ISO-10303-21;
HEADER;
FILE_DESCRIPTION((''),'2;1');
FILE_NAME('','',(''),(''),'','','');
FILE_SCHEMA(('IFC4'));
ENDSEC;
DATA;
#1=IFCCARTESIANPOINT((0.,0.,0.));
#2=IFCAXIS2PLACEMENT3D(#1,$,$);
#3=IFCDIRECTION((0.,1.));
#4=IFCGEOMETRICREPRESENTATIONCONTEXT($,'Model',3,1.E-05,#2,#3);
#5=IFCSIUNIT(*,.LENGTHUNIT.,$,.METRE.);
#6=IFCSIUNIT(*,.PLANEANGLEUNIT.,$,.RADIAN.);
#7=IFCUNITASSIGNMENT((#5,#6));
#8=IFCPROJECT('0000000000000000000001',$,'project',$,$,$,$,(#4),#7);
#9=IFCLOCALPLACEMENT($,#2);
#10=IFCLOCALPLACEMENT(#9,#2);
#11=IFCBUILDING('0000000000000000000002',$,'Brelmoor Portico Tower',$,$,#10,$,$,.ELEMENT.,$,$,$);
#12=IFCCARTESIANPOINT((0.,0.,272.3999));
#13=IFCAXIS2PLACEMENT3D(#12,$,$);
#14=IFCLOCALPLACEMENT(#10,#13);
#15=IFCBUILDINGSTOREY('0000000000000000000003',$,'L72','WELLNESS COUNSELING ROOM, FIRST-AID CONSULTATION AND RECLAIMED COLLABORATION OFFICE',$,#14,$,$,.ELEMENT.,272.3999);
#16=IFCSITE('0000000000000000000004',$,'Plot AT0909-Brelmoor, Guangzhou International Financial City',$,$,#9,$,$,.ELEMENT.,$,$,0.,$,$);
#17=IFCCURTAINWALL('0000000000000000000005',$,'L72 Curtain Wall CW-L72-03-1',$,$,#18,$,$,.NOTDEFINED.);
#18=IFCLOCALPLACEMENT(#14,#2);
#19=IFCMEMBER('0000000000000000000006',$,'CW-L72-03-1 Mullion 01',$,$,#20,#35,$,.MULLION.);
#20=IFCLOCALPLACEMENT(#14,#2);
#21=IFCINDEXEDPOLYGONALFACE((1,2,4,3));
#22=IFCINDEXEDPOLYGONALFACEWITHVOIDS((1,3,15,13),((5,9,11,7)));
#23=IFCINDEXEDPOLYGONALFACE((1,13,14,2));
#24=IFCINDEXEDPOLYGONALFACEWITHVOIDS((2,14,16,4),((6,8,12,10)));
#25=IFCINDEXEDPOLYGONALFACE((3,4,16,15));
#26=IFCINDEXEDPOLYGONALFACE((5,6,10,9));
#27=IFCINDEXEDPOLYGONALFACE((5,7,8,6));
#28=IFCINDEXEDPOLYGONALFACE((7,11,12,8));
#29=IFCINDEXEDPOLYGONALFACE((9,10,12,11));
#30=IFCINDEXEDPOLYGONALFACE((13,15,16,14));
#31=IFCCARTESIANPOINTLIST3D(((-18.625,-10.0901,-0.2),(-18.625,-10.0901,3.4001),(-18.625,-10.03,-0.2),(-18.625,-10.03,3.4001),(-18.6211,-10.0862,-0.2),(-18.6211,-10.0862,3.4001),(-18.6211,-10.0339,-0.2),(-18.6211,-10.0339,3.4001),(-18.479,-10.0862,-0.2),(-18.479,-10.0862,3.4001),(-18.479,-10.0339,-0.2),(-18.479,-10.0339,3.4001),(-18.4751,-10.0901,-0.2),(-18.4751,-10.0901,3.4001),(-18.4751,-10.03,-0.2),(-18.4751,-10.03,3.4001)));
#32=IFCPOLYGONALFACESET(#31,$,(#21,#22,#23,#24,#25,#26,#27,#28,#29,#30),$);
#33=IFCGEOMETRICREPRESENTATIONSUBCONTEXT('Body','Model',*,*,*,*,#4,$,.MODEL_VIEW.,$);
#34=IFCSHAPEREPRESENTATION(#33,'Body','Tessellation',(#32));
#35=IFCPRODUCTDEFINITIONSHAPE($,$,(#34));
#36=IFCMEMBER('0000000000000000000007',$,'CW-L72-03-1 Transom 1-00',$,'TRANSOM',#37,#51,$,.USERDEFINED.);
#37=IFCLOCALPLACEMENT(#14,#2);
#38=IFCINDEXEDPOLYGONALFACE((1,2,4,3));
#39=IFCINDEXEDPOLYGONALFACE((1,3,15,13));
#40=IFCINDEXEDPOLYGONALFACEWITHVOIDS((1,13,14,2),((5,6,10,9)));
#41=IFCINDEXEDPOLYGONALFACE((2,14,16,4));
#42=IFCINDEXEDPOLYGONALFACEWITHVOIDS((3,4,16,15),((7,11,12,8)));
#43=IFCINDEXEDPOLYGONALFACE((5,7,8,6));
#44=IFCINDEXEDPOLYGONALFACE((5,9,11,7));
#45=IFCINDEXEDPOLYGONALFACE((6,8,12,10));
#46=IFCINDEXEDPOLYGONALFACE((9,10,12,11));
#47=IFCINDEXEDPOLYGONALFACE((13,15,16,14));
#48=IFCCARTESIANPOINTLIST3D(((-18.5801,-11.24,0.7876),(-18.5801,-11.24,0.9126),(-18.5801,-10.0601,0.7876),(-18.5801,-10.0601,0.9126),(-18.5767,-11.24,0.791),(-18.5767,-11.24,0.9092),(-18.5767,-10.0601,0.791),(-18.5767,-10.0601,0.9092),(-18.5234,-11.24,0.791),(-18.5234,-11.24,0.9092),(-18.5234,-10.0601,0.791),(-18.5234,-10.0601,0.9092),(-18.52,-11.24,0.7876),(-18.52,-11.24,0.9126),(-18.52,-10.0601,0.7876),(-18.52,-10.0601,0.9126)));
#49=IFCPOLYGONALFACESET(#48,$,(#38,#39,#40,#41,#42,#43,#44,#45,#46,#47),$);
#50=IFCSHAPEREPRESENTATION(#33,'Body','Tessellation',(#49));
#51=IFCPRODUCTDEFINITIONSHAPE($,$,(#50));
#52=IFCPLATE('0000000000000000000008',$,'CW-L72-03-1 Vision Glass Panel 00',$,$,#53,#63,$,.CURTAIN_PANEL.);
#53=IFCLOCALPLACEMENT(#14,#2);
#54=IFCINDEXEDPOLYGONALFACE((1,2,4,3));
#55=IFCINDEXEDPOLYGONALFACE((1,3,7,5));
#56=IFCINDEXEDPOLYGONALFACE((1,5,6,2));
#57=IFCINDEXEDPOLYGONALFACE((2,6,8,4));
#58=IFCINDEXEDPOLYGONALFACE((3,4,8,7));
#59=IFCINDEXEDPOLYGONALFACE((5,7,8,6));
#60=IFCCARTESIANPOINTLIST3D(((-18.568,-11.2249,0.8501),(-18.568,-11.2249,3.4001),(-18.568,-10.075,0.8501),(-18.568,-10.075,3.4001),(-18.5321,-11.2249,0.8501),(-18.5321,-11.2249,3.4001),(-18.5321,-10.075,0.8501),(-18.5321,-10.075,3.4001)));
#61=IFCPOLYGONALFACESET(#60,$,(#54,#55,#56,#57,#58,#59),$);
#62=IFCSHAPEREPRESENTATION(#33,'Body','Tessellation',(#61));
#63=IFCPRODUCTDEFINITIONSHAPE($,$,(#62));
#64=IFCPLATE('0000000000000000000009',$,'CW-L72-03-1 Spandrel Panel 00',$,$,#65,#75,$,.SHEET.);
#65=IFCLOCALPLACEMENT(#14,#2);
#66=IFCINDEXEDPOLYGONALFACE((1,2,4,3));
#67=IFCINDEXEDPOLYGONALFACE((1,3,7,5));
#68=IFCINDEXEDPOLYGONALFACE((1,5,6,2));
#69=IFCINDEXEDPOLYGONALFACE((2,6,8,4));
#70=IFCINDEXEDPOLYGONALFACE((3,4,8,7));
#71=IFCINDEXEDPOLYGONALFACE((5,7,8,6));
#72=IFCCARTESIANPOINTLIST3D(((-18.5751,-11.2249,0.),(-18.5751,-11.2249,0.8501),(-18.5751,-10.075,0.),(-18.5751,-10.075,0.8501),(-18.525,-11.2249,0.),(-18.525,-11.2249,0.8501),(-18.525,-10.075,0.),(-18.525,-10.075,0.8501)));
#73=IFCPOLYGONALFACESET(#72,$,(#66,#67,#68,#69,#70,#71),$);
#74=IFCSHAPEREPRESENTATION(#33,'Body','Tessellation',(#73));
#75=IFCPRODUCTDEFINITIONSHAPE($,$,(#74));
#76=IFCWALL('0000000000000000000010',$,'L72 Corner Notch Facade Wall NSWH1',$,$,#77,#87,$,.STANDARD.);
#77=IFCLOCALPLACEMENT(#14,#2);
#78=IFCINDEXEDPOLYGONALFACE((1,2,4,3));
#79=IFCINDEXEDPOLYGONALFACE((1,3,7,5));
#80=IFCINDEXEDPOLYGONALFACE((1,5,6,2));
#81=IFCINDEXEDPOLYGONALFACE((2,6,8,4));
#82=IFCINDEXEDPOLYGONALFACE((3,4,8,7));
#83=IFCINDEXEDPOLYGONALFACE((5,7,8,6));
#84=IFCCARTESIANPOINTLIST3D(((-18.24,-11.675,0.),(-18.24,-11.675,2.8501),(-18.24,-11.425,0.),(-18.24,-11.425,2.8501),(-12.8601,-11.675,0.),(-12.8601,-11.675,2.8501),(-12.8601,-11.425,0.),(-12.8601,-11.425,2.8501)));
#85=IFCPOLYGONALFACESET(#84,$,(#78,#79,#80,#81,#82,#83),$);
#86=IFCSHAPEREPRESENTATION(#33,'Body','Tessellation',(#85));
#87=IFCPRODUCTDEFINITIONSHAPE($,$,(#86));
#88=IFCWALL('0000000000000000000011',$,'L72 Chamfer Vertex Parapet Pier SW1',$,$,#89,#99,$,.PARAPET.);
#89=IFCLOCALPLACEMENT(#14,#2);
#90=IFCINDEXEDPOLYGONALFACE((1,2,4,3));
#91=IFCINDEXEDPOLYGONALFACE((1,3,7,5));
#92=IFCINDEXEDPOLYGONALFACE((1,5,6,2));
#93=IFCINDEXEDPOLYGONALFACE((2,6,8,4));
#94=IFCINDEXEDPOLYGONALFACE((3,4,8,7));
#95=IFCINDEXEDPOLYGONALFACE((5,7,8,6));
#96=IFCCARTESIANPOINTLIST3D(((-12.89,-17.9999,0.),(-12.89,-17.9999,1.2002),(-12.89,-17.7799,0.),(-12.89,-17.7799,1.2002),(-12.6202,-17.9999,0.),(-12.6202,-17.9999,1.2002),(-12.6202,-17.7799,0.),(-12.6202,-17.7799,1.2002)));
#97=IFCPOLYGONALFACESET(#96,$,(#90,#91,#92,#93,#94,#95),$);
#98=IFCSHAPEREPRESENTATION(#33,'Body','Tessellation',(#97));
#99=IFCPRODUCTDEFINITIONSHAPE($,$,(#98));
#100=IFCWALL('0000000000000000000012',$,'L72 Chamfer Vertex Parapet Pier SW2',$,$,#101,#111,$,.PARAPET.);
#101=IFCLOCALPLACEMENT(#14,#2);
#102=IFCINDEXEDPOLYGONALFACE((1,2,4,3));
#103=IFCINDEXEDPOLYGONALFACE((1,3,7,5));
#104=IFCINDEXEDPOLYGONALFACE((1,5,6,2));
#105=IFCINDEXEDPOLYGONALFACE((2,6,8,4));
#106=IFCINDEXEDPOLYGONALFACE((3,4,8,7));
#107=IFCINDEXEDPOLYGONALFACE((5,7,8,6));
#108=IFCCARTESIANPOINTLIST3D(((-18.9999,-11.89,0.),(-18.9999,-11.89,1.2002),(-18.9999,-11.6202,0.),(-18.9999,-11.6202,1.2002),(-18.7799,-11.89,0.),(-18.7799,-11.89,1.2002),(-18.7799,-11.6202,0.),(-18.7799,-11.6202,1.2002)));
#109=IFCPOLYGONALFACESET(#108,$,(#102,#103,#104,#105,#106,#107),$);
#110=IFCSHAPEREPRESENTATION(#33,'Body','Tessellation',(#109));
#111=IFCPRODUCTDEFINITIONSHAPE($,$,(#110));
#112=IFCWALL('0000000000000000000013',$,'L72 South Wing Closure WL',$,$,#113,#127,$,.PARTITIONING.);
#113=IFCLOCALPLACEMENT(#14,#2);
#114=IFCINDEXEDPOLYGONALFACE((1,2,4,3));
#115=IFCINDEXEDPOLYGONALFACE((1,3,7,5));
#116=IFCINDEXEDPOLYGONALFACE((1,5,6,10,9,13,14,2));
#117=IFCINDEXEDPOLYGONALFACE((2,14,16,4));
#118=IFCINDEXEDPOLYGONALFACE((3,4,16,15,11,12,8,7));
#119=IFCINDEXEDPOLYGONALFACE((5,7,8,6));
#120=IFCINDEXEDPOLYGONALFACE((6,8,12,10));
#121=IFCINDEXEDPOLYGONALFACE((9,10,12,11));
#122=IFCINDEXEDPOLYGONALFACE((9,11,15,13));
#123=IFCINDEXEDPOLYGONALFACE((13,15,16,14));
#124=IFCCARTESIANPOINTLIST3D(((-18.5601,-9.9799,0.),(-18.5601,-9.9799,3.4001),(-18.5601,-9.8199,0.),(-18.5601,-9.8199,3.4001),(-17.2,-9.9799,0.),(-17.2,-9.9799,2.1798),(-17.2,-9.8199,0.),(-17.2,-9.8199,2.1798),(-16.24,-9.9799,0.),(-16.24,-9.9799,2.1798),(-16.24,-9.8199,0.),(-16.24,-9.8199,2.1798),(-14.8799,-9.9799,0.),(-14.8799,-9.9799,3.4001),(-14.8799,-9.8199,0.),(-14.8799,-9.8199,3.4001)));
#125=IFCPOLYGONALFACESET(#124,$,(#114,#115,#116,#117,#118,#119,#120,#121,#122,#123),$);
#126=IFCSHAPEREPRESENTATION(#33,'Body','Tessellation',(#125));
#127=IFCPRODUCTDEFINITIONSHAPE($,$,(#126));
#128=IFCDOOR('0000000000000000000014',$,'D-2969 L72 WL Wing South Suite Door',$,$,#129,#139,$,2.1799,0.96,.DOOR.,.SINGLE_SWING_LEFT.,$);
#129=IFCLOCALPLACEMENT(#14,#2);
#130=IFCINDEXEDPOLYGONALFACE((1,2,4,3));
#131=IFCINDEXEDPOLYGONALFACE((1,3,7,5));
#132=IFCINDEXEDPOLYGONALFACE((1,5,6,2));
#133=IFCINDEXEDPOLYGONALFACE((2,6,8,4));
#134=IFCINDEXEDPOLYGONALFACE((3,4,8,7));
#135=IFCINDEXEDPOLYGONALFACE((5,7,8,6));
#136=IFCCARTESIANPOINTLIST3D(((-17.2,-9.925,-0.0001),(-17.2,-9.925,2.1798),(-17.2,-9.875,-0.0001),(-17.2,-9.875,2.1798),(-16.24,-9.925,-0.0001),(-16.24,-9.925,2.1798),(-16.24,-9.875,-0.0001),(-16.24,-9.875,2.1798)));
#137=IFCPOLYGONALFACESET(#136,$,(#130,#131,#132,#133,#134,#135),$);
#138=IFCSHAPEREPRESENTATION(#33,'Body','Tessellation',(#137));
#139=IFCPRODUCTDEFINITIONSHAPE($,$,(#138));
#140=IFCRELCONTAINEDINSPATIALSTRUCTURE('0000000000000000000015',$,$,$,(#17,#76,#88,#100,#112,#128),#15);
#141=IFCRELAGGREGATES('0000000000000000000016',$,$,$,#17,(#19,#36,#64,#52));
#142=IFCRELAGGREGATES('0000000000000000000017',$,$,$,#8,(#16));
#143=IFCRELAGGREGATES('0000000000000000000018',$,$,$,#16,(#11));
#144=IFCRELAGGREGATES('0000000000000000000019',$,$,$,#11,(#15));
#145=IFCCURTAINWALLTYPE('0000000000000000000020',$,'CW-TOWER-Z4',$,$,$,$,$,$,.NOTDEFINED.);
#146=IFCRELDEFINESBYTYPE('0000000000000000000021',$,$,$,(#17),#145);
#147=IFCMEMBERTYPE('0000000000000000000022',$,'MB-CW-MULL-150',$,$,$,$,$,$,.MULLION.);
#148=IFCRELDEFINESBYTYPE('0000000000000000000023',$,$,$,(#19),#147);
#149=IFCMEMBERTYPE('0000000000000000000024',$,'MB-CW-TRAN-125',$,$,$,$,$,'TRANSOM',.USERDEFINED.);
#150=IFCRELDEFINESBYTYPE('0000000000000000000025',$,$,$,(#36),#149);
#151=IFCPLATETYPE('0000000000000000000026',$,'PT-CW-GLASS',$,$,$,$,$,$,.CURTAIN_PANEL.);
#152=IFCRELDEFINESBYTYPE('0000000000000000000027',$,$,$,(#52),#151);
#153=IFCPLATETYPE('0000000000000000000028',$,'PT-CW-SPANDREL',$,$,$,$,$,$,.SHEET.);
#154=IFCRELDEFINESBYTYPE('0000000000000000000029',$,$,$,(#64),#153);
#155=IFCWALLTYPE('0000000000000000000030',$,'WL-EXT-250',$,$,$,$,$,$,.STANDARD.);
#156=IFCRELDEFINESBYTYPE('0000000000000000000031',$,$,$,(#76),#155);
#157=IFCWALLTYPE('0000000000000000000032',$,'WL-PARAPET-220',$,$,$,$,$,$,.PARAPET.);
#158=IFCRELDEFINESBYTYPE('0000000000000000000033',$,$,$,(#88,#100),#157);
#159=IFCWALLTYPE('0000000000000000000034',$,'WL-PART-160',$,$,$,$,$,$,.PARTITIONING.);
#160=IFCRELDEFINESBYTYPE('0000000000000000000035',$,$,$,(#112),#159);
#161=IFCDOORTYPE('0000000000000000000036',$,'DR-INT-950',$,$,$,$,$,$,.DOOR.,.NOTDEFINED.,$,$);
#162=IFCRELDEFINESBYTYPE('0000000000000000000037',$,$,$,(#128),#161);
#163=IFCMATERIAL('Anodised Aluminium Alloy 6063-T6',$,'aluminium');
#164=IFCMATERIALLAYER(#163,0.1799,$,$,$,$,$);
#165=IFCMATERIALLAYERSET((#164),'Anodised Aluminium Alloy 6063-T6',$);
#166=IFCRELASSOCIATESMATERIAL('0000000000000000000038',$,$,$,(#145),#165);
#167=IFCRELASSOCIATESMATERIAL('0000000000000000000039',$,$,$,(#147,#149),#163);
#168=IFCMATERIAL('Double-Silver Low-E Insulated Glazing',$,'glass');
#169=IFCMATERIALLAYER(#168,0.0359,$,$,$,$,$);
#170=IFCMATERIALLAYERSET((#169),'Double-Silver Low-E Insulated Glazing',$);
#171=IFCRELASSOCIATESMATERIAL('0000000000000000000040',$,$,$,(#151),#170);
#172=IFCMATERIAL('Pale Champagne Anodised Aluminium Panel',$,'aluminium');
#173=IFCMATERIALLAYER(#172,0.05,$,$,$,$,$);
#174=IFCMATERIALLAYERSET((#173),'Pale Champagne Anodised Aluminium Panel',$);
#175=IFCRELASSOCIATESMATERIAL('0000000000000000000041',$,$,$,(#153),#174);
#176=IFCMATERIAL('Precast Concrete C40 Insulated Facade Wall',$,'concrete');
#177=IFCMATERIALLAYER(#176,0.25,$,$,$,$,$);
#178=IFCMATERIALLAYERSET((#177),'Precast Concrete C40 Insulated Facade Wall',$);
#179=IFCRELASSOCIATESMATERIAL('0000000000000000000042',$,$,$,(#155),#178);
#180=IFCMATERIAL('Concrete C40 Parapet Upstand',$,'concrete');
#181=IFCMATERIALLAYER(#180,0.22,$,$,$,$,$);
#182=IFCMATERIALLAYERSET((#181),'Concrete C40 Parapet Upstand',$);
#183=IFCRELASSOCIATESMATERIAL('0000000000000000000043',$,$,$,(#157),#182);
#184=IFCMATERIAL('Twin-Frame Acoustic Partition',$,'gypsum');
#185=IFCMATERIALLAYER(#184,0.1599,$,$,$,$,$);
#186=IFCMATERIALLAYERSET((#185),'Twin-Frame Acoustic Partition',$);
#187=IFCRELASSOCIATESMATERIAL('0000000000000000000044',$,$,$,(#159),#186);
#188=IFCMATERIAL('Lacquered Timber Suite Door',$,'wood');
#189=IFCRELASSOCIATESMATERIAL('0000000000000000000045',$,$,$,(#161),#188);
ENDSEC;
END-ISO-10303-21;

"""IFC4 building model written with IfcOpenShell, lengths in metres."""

from ifc_helpers import new_model, si_unit, direction, frame, frame_2d, origin, origin_2d, place, context, subcontext, project, spatial, rectangle, hollow_rectangle, extrude, material, layer, layer_set, material_profile, profile_set, type_object, element, fill, aggregate, save


model = new_model("IFC4")

# Units and contexts
model_context = context("Model", 3, precision=1e-05, world=origin(), true_north=direction((0.0, 1.0)))
body_context = subcontext(model_context, "Body", "Model", "MODEL_VIEW")
ifc_project = project(units=[si_unit("LENGTHUNIT", "METRE"), si_unit("PLANEANGLEUNIT", "RADIAN")], contexts=[model_context])

# Site, building, storey
site_placement = place(None, origin())
site = spatial("IfcSite", under=ifc_project, at=site_placement, Name="Plot AT0909-Brelmoor, Guangzhou International Financial City", CompositionType="ELEMENT", RefElevation=0.0)
building_placement = place(site_placement, origin())
building = spatial("IfcBuilding", under=site, at=building_placement, Name="Brelmoor Portico Tower", CompositionType="ELEMENT")
storey_placement = place(building_placement, frame((0.0, 0.0, 272.3999)))
storey = spatial("IfcBuildingStorey", under=building, at=storey_placement, Name="L72", Description="WELLNESS COUNSELING ROOM, FIRST-AID CONSULTATION AND RECLAIMED COLLABORATION OFFICE", CompositionType="ELEMENT", Elevation=272.3999)

# Curtain wall, members, plates
ifc_material_1 = material(Name="Anodised Aluminium Alloy 6063-T6", Category="aluminium")
ifc_layer_1 = layer(ifc_material_1, 0.1799)
ifc_layer_set_1 = layer_set([ifc_layer_1], Name="Anodised Aluminium Alloy 6063-T6")
curtain_wall_type = type_object("IfcCurtainWallType", Name="CW-TOWER-Z4", PredefinedType="NOTDEFINED", material=ifc_layer_set_1)
curtain_wall_placement = place(storey_placement, origin())
curtain_wall = element("IfcCurtainWall", 1, at=curtain_wall_placement, inside=storey, type_object=curtain_wall_type, Name="L72 Curtain Wall CW-L72-03-1", PredefinedType="NOTDEFINED")
ifc_material_profile_1 = material_profile(ifc_material_1, hollow_rectangle(XDim=0.0601, YDim=0.1499, WallThickness=0.0039, at=origin_2d()), Name="ALU MULLION 60x150")
ifc_profile_set_1 = profile_set([ifc_material_profile_1], Name="Anodised Aluminium Alloy 6063-T6")
member_type_1 = type_object("IfcMemberType", Name="MB-CW-MULL-150", PredefinedType="MULLION", material=ifc_profile_set_1)
member_1_placement = place(storey_placement, frame((-18.55, -10.0601, -0.2), z_axis=(0.0, 0.0, 1.0), x_axis=(0.0, 1.0, 0.0)))
member_1 = element("IfcMember", 2, at=member_1_placement, type_object=member_type_1, Name="CW-L72-03-1 Mullion 01", PredefinedType="MULLION", context=body_context, shape_type="SweptSolid", body=[
    extrude(hollow_rectangle(XDim=0.0601, YDim=0.1499, WallThickness=0.0039, at=origin_2d()), origin(), (0.0, 0.0, 1.0), 3.6001),
])
ifc_material_profile_2 = material_profile(ifc_material_1, hollow_rectangle(XDim=0.0601, YDim=0.125, WallThickness=0.0034, at=origin_2d()), Name="ALU TRANSOM 60x125")
ifc_profile_set_2 = profile_set([ifc_material_profile_2], Name="Anodised Aluminium Alloy 6063-T6")
member_type_2 = type_object("IfcMemberType", Name="MB-CW-TRAN-125", ElementType="TRANSOM", PredefinedType="USERDEFINED", material=ifc_profile_set_2)
member_2_placement = place(storey_placement, frame((-18.55, -11.24, 0.8501), z_axis=(0.0, 1.0, 0.0), x_axis=(-1.0, 0.0, 0.0)))
member_2 = element("IfcMember", 3, at=member_2_placement, type_object=member_type_2, Name="CW-L72-03-1 Transom 1-00", ObjectType="TRANSOM", PredefinedType="USERDEFINED", context=body_context, shape_type="SweptSolid", body=[
    extrude(hollow_rectangle(XDim=0.0601, YDim=0.125, WallThickness=0.0034, at=origin_2d()), origin(), (0.0, 0.0, 1.0), 1.1799),
])
ifc_material_2 = material(Name="Double-Silver Low-E Insulated Glazing", Category="glass")
ifc_layer_2 = layer(ifc_material_2, 0.0359)
ifc_layer_set_2 = layer_set([ifc_layer_2], Name="Double-Silver Low-E Insulated Glazing")
plate_type_1 = type_object("IfcPlateType", Name="PT-CW-GLASS", PredefinedType="CURTAIN_PANEL", material=ifc_layer_set_2)
plate_1_placement = place(storey_placement, frame((-18.55, -10.6499, 0.8501), z_axis=(0.0, 0.0, 1.0), x_axis=(0.0, 1.0, 0.0)))
plate_1 = element("IfcPlate", 4, at=plate_1_placement, type_object=plate_type_1, Name="CW-L72-03-1 Vision Glass Panel 00", PredefinedType="CURTAIN_PANEL", context=body_context, shape_type="SweptSolid", body=[
    extrude(rectangle(XDim=1.1499, YDim=0.0359, at=origin_2d()), origin(), (0.0, 0.0, 1.0), 2.55),
])
ifc_material_3 = material(Name="Pale Champagne Anodised Aluminium Panel", Category="aluminium")
ifc_layer_3 = layer(ifc_material_3, 0.05)
ifc_layer_set_3 = layer_set([ifc_layer_3], Name="Pale Champagne Anodised Aluminium Panel")
plate_type_2 = type_object("IfcPlateType", Name="PT-CW-SPANDREL", PredefinedType="SHEET", material=ifc_layer_set_3)
plate_2_placement = place(storey_placement, frame((-18.55, -10.6499, 0.0), z_axis=(0.0, 0.0, 1.0), x_axis=(0.0, 1.0, 0.0)))
plate_2 = element("IfcPlate", 5, at=plate_2_placement, type_object=plate_type_2, Name="CW-L72-03-1 Spandrel Panel 00", PredefinedType="SHEET", context=body_context, shape_type="SweptSolid", body=[
    extrude(rectangle(XDim=1.1499, YDim=0.05, at=origin_2d()), origin(), (0.0, 0.0, 1.0), 0.8501),
])
aggregate(curtain_wall, [member_1, member_2, plate_2, plate_1])

# Walls
ifc_material_4 = material(Name="Precast Concrete C40 Insulated Facade Wall", Category="concrete")
ifc_layer_4 = layer(ifc_material_4, 0.25)
ifc_layer_set_4 = layer_set([ifc_layer_4], Name="Precast Concrete C40 Insulated Facade Wall")
wall_type_1 = type_object("IfcWallType", Name="WL-EXT-250", PredefinedType="STANDARD", material=ifc_layer_set_4)
wall_1_placement = place(storey_placement, frame((-18.24, -11.55, 0.0), z_axis=(0.0, 0.0, 1.0), x_axis=(1.0, 0.0, 0.0)))
element("IfcWall", 6, at=wall_1_placement, inside=storey, type_object=wall_type_1, Name="L72 Corner Notch Facade Wall NSWH1", PredefinedType="STANDARD", context=body_context, shape_type="SweptSolid", body=[
    extrude(rectangle(XDim=5.3799, YDim=0.25, at=frame_2d((2.6899, 0.0))), origin(), (0.0, 0.0, 1.0), 2.8501),
])
ifc_material_5 = material(Name="Concrete C40 Parapet Upstand", Category="concrete")
ifc_layer_5 = layer(ifc_material_5, 0.22)
ifc_layer_set_5 = layer_set([ifc_layer_5], Name="Concrete C40 Parapet Upstand")
wall_type_2 = type_object("IfcWallType", Name="WL-PARAPET-220", PredefinedType="PARAPET", material=ifc_layer_set_5)
for number, where, z_axis, x_axis, name in (
    (7, (-12.8899, -17.8899, 0.0), (0.0, 0.0, 1.0), (1.0, 0.0, 0.0), "L72 Chamfer Vertex Parapet Pier SW1"),
    (8, (-18.8899, -11.8899, 0.0), (0.0, 0.0, 1.0), (0.0, 1.0, 0.0), "L72 Chamfer Vertex Parapet Pier SW2"),
):
    element("IfcWall", number, at=place(storey_placement, frame(where, z_axis=z_axis, x_axis=x_axis)), inside=storey, type_object=wall_type_2, Name=name, PredefinedType="PARAPET", context=body_context, shape_type="SweptSolid", body=[
        extrude(rectangle(XDim=0.2698, YDim=0.22, at=frame_2d((0.1348, 0.0))), origin(), (0.0, 0.0, 1.0), 1.2002),
    ])

# Wall, opening, door
ifc_material_6 = material(Name="Twin-Frame Acoustic Partition", Category="gypsum")
ifc_layer_6 = layer(ifc_material_6, 0.1599)
ifc_layer_set_6 = layer_set([ifc_layer_6], Name="Twin-Frame Acoustic Partition")
wall_type_3 = type_object("IfcWallType", Name="WL-PART-160", PredefinedType="PARTITIONING", material=ifc_layer_set_6)
wall_2_placement = place(storey_placement, frame((-18.5601, -9.8999, 0.0), z_axis=(0.0, 0.0, 1.0), x_axis=(1.0, 0.0, 0.0)))
wall_2 = element("IfcWall", 9, at=wall_2_placement, inside=storey, type_object=wall_type_3, Name="L72 South Wing Closure WL", PredefinedType="PARTITIONING", context=body_context, shape_type="SweptSolid", body=[
    extrude(rectangle(XDim=3.6802, YDim=0.1599, at=frame_2d((1.8401, 0.0))), origin(), (0.0, 0.0, 1.0), 3.4001),
])
opening_placement = place(wall_2_placement, frame((1.3601, 0.0, 0.0)))
opening = element("IfcOpeningElement", 10, at=opening_placement, cuts=wall_2, PredefinedType="OPENING", context=body_context, shape_type="SweptSolid", body=[
    extrude(rectangle(XDim=0.96, YDim=2.1799, at=frame_2d((0.48, 1.0898))), frame((0.0, 0.0898, 0.0), z_axis=(0.0, -1.0, 0.0), x_axis=(1.0, 0.0, 0.0)), (0.0, 0.0, 1.0), 0.1799),
])
ifc_material_7 = material(Name="Lacquered Timber Suite Door", Category="wood")
door_type = type_object("IfcDoorType", Name="DR-INT-950", OperationType="NOTDEFINED", PredefinedType="DOOR", material=ifc_material_7)
door_placement = place(opening_placement, origin())
door = element("IfcDoor", 11, at=door_placement, inside=storey, type_object=door_type, Name="D-2969 L72 WL Wing South Suite Door", OperationType="SINGLE_SWING_LEFT", OverallHeight=2.1799, OverallWidth=0.96, PredefinedType="DOOR", context=body_context, shape_type="SweptSolid", body=[
    extrude(rectangle(XDim=0.96, YDim=2.1799, at=frame_2d((0.48, 1.0898))), frame((0.0, 0.0249, 0.0), z_axis=(0.0, -1.0, 0.0), x_axis=(1.0, 0.0, 0.0)), (0.0, 0.0, 1.0), 0.05),
])
fill(opening, door)

save(model, "model.ifc")
